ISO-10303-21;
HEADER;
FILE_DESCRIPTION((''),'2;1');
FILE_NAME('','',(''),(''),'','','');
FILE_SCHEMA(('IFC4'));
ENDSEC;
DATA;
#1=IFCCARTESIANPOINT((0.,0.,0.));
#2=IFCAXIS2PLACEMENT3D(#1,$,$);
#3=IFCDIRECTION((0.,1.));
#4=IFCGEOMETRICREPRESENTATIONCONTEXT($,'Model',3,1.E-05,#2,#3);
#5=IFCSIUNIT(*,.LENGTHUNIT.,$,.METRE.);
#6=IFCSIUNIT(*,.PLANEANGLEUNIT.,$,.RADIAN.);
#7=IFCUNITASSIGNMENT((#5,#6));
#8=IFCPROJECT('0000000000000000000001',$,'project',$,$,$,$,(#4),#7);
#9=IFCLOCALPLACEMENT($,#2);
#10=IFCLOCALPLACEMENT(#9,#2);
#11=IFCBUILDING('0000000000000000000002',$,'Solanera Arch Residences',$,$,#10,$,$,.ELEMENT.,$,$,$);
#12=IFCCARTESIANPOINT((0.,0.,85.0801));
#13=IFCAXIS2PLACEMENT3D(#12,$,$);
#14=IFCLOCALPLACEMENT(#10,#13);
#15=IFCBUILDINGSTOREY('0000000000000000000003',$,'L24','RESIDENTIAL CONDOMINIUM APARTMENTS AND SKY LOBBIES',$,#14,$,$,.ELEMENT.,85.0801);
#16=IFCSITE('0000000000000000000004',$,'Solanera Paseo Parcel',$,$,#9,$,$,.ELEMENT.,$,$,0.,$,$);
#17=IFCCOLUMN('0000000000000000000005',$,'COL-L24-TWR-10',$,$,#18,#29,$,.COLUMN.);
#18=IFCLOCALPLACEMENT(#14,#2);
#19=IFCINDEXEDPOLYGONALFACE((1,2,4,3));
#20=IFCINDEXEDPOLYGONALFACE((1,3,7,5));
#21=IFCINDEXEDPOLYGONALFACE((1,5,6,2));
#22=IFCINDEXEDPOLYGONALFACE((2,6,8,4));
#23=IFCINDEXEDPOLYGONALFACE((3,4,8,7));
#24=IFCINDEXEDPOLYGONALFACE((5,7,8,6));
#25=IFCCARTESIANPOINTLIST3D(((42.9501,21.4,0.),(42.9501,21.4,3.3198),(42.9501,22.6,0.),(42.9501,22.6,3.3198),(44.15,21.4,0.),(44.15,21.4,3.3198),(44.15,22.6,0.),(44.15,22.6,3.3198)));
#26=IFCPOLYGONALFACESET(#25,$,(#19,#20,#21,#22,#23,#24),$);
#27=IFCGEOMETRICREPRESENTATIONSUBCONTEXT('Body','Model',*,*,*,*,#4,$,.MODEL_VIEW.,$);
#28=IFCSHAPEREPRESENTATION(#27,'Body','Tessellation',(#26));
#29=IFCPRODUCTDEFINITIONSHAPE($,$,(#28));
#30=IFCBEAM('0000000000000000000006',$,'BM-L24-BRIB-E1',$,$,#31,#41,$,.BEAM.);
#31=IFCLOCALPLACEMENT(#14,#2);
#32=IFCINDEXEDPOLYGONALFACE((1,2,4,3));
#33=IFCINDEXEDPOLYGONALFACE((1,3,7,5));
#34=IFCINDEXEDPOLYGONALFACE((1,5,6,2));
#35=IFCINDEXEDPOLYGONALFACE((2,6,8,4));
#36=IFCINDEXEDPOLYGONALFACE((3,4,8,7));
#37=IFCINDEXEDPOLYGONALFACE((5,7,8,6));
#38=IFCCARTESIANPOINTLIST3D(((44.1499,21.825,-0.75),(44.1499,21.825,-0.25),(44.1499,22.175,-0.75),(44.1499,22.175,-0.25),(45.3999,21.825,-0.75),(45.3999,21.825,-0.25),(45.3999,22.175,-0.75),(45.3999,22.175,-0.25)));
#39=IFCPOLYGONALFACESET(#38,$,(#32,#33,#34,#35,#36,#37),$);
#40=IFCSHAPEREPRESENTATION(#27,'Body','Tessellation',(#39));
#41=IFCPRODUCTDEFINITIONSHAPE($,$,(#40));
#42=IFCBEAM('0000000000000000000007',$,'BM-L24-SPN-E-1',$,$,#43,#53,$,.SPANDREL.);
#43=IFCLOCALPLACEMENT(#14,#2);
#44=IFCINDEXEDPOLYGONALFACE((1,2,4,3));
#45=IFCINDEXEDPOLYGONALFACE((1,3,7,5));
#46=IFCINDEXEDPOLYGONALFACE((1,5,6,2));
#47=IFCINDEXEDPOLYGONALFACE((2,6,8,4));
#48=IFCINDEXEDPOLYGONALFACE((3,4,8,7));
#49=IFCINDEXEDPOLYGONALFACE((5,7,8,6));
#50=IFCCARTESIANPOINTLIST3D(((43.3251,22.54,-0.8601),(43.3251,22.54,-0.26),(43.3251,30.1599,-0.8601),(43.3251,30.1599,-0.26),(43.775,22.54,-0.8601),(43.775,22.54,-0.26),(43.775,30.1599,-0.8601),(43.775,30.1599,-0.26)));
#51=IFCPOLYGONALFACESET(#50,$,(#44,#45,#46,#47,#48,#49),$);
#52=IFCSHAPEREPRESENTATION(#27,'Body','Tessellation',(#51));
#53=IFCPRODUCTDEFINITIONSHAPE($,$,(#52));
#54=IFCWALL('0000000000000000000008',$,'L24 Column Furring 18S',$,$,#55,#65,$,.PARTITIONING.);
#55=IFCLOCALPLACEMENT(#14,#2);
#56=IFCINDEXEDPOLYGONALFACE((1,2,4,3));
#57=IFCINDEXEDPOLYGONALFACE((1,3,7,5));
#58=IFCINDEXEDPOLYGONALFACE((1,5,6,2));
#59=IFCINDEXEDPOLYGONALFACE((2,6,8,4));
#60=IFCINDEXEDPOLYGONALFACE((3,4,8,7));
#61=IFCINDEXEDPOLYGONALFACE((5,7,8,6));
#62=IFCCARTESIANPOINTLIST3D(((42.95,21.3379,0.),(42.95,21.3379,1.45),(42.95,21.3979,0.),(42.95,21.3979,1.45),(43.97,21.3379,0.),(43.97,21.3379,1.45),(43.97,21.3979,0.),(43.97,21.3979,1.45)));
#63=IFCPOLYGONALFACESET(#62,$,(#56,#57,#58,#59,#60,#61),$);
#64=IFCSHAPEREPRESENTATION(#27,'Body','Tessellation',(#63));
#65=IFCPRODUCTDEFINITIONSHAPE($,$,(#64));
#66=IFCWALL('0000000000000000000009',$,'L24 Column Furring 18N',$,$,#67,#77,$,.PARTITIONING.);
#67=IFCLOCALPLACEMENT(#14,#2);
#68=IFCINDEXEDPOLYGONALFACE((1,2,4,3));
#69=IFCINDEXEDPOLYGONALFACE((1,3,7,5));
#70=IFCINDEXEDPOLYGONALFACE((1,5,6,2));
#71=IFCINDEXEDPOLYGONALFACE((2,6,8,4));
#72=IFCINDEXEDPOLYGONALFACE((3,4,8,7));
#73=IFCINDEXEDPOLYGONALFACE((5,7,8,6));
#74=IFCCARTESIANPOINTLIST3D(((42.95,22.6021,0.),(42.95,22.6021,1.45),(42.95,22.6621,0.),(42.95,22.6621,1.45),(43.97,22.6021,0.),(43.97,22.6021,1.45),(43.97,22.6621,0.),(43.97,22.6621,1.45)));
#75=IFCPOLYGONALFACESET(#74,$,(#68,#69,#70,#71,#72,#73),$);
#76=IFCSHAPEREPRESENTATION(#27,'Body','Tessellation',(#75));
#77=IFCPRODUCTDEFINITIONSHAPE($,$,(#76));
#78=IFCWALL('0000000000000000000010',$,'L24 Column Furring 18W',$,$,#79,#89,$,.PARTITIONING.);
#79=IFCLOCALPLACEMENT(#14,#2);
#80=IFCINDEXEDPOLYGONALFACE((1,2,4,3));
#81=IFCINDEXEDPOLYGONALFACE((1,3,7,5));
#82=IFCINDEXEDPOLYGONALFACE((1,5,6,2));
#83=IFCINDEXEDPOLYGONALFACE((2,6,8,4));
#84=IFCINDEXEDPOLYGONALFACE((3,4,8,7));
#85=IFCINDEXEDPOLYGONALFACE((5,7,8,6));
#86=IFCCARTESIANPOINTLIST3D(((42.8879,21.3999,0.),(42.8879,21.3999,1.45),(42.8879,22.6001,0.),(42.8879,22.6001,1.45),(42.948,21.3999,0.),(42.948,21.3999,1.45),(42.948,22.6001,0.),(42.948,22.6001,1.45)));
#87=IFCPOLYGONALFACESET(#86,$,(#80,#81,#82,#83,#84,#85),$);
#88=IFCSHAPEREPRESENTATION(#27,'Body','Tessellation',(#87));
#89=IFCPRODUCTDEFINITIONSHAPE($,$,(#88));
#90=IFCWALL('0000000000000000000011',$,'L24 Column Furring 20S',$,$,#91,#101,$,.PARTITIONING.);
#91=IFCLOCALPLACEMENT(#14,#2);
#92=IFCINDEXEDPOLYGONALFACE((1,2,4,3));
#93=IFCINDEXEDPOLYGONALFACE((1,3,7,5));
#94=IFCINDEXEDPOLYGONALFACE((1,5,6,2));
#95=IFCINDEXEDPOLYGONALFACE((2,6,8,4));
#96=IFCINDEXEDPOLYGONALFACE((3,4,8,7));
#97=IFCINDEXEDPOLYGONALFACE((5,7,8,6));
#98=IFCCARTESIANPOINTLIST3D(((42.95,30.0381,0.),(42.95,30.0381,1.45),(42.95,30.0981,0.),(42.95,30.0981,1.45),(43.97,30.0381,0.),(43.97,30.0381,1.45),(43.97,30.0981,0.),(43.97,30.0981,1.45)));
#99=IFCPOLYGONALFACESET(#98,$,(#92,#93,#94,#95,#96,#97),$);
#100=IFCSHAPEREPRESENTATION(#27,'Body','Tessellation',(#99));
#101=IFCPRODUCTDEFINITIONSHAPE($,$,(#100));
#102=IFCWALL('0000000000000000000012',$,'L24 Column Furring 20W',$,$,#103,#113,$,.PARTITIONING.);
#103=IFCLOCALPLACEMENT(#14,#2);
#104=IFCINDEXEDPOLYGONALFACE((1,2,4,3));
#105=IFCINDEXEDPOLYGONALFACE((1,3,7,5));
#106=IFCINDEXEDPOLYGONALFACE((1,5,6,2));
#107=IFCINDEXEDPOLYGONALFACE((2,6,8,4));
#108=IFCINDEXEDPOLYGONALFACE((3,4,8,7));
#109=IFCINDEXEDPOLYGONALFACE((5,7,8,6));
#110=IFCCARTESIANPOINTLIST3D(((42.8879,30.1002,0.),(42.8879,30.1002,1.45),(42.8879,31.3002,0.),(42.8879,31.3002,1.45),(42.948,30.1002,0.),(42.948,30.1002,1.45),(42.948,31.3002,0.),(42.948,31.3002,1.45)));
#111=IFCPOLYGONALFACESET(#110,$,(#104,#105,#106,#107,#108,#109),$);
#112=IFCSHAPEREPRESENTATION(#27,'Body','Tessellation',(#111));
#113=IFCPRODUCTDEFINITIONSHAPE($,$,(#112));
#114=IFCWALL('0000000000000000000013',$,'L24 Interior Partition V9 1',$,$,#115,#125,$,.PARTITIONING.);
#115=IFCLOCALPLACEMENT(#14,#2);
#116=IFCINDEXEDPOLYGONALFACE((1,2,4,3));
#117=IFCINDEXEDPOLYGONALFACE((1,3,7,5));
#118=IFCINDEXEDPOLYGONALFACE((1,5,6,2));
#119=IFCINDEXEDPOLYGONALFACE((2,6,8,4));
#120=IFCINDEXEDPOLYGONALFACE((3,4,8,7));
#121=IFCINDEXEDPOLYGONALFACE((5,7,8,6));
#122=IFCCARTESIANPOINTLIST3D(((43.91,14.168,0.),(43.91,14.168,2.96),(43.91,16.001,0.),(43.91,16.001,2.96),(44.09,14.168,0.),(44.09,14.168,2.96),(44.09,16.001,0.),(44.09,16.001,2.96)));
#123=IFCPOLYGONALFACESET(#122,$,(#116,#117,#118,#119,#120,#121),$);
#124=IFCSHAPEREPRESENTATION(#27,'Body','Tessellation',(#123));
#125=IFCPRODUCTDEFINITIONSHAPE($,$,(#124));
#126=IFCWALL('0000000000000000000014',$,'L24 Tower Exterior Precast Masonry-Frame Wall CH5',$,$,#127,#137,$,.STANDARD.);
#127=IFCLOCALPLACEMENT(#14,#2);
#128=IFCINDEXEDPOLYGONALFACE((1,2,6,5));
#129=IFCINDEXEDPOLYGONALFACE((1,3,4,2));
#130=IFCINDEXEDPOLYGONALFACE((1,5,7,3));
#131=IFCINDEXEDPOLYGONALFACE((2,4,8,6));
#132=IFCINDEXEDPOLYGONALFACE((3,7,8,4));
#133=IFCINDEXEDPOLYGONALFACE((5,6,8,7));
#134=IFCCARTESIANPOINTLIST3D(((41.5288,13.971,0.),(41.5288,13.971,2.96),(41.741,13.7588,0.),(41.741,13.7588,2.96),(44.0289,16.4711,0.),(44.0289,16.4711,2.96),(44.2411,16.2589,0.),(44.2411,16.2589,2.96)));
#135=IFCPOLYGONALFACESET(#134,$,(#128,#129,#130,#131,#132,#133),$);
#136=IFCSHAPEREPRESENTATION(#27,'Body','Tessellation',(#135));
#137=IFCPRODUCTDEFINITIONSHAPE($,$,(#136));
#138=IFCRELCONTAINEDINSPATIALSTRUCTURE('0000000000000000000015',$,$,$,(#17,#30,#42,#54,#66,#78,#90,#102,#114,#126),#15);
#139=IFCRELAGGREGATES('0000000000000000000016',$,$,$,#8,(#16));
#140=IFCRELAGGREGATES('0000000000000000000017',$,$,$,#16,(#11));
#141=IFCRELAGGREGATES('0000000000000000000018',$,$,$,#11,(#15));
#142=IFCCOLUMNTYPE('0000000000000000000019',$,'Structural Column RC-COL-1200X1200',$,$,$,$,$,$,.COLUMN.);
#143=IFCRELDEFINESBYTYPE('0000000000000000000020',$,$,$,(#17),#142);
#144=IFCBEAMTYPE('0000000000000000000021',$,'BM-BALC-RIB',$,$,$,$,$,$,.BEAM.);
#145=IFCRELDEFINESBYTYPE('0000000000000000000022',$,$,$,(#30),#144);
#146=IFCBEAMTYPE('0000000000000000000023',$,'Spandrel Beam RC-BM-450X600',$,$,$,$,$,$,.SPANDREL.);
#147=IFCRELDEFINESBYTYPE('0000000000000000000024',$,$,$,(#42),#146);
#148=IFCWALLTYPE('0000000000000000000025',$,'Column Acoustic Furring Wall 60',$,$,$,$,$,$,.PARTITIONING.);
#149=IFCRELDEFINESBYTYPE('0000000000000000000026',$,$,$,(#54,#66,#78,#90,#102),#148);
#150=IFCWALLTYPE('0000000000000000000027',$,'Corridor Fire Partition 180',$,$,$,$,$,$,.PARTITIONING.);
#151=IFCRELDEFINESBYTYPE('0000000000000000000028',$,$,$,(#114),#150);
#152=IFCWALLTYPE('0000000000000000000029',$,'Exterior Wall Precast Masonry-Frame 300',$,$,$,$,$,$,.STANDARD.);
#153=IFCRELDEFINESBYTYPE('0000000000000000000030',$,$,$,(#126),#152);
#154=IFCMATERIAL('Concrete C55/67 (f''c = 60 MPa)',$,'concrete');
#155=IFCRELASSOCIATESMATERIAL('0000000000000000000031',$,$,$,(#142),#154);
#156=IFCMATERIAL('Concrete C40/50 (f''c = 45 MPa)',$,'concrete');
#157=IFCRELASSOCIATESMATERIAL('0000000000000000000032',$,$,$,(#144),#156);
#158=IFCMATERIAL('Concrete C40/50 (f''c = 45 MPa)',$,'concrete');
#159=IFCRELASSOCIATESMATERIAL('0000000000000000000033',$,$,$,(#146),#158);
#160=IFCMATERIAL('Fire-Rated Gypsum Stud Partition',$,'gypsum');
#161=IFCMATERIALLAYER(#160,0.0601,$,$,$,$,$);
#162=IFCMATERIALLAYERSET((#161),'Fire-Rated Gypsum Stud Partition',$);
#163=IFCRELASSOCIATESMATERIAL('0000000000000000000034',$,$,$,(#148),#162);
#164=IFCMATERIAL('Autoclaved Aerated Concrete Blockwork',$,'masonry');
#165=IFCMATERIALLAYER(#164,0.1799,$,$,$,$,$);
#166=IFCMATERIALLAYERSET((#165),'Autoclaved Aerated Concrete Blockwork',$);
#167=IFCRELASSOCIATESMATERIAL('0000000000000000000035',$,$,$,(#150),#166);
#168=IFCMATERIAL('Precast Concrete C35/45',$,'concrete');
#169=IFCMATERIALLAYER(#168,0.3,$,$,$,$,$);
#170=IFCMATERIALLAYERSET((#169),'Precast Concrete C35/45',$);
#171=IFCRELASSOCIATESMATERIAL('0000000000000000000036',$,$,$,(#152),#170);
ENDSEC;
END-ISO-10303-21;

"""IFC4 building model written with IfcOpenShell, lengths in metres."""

from ifc_helpers import new_model, si_unit, direction, frame, frame_2d, origin, origin_2d, place, context, subcontext, project, spatial, rectangle, extrude, material, layer, layer_set, material_profile, profile_set, type_object, element, save


model = new_model("IFC4")

# Units and contexts
model_context = context("Model", 3, precision=1e-05, world=origin(), true_north=direction((0.0, 1.0)))
body_context = subcontext(model_context, "Body", "Model", "MODEL_VIEW")
ifc_project = project(units=[si_unit("LENGTHUNIT", "METRE"), si_unit("PLANEANGLEUNIT", "RADIAN")], contexts=[model_context])

# Site, building, storey
site_placement = place(None, origin())
site = spatial("IfcSite", under=ifc_project, at=site_placement, Name="Solanera Paseo Parcel", CompositionType="ELEMENT", RefElevation=0.0)
building_placement = place(site_placement, origin())
building = spatial("IfcBuilding", under=site, at=building_placement, Name="Solanera Arch Residences", CompositionType="ELEMENT")
storey_placement = place(building_placement, frame((0.0, 0.0, 85.0801)))
storey = spatial("IfcBuildingStorey", under=building, at=storey_placement, Name="L24", Description="RESIDENTIAL CONDOMINIUM APARTMENTS AND SKY LOBBIES", CompositionType="ELEMENT", Elevation=85.0801)

# Column
ifc_material_1 = material(Name="Concrete C55/67 (f'c = 60 MPa)", Category="concrete")
ifc_material_profile_1 = material_profile(ifc_material_1, rectangle(XDim=1.2, YDim=1.2, at=origin_2d()))
ifc_profile_set_1 = profile_set([ifc_material_profile_1], Name="Concrete C55/67 (f'c = 60 MPa)")
column_type = type_object("IfcColumnType", Name="Structural Column RC-COL-1200X1200", PredefinedType="COLUMN", material=ifc_profile_set_1)
column_placement = place(storey_placement, frame((43.55, 22.0, 0.0), z_axis=(0.0, 0.0, 1.0), x_axis=(1.0, 0.0, 0.0)))
element("IfcColumn", 1, at=column_placement, inside=storey, type_object=column_type, Name="COL-L24-TWR-10", PredefinedType="COLUMN", context=body_context, shape_type="SweptSolid", body=[
    extrude(rectangle(XDim=1.2, YDim=1.2, at=origin_2d()), origin(), (0.0, 0.0, 1.0), 3.3198),
])

# Beams
ifc_material_2 = material(Name="Concrete C40/50 (f'c = 45 MPa)", Category="concrete")
ifc_material_profile_2 = material_profile(ifc_material_2, rectangle(XDim=0.3501, YDim=0.5, at=origin_2d()))
ifc_profile_set_2 = profile_set([ifc_material_profile_2], Name="Concrete C40/50 (f'c = 45 MPa)")
beam_type_1 = type_object("IfcBeamType", Name="BM-BALC-RIB", PredefinedType="BEAM", material=ifc_profile_set_2)
beam_1_placement = place(storey_placement, frame((44.1499, 22.0, -0.5), z_axis=(1.0, 0.0, 0.0), x_axis=(0.0, 1.0, 0.0)))
element("IfcBeam", 2, at=beam_1_placement, inside=storey, type_object=beam_type_1, Name="BM-L24-BRIB-E1", PredefinedType="BEAM", context=body_context, shape_type="SweptSolid", body=[
    extrude(rectangle(XDim=0.3501, YDim=0.5, at=origin_2d()), origin(), (0.0, 0.0, 1.0), 1.25),
])
ifc_material_3 = material(Name="Concrete C40/50 (f'c = 45 MPa)", Category="concrete")
ifc_material_profile_3 = material_profile(ifc_material_3, rectangle(XDim=0.45, YDim=0.6001, at=origin_2d()))
ifc_profile_set_3 = profile_set([ifc_material_profile_3], Name="Concrete C40/50 (f'c = 45 MPa)")
beam_type_2 = type_object("IfcBeamType", Name="Spandrel Beam RC-BM-450X600", PredefinedType="SPANDREL", material=ifc_profile_set_3)
beam_2_placement = place(storey_placement, frame((43.55, 22.54, -0.5601), z_axis=(0.0, 1.0, 0.0), x_axis=(-1.0, 0.0, 0.0)))
element("IfcBeam", 3, at=beam_2_placement, inside=storey, type_object=beam_type_2, Name="BM-L24-SPN-E-1", PredefinedType="SPANDREL", context=body_context, shape_type="SweptSolid", body=[
    extrude(rectangle(XDim=0.45, YDim=0.6001, at=origin_2d()), origin(), (0.0, 0.0, 1.0), 7.6199),
])

# Walls
ifc_material_4 = material(Name="Fire-Rated Gypsum Stud Partition", Category="gypsum")
ifc_layer_1 = layer(ifc_material_4, 0.0601)
ifc_layer_set_1 = layer_set([ifc_layer_1], Name="Fire-Rated Gypsum Stud Partition")
wall_type_1 = type_object("IfcWallType", Name="Column Acoustic Furring Wall 60", PredefinedType="PARTITIONING", material=ifc_layer_set_1)
for number, where, z_axis, x_axis, name in (
    (4, (42.95, 21.3679, 0.0), (0.0, 0.0, 1.0), (1.0, 0.0, 0.0), "L24 Column Furring 18S"),
    (5, (42.95, 22.6321, 0.0), (0.0, 0.0, 1.0), (1.0, 0.0, 0.0), "L24 Column Furring 18N"),
):
    element("IfcWall", number, at=place(storey_placement, frame(where, z_axis=z_axis, x_axis=x_axis)), inside=storey, type_object=wall_type_1, Name=name, PredefinedType="PARTITIONING", context=body_context, shape_type="SweptSolid", body=[
        extrude(rectangle(XDim=1.02, YDim=0.0601, at=frame_2d((0.51, 0.0))), origin(), (0.0, 0.0, 1.0), 1.45),
    ])
wall_1_placement = place(storey_placement, frame((42.918, 21.3999, 0.0), z_axis=(0.0, 0.0, 1.0), x_axis=(0.0, 1.0, 0.0)))
element("IfcWall", 6, at=wall_1_placement, inside=storey, type_object=wall_type_1, Name="L24 Column Furring 18W", PredefinedType="PARTITIONING", context=body_context, shape_type="SweptSolid", body=[
    extrude(rectangle(XDim=1.2002, YDim=0.0601, at=frame_2d((0.6001, 0.0))), origin(), (0.0, 0.0, 1.0), 1.45),
])
wall_2_placement = place(storey_placement, frame((42.95, 30.0681, 0.0), z_axis=(0.0, 0.0, 1.0), x_axis=(1.0, 0.0, 0.0)))
element("IfcWall", 7, at=wall_2_placement, inside=storey, type_object=wall_type_1, Name="L24 Column Furring 20S", PredefinedType="PARTITIONING", context=body_context, shape_type="SweptSolid", body=[
    extrude(rectangle(XDim=1.02, YDim=0.0601, at=frame_2d((0.51, 0.0))), origin(), (0.0, 0.0, 1.0), 1.45),
])
wall_3_placement = place(storey_placement, frame((42.918, 30.1001, 0.0), z_axis=(0.0, 0.0, 1.0), x_axis=(0.0, 1.0, 0.0)))
element("IfcWall", 8, at=wall_3_placement, inside=storey, type_object=wall_type_1, Name="L24 Column Furring 20W", PredefinedType="PARTITIONING", context=body_context, shape_type="SweptSolid", body=[
    extrude(rectangle(XDim=1.2, YDim=0.0601, at=frame_2d((0.6001, 0.0))), origin(), (0.0, 0.0, 1.0), 1.45),
])
ifc_material_5 = material(Name="Autoclaved Aerated Concrete Blockwork", Category="masonry")
ifc_layer_2 = layer(ifc_material_5, 0.1799)
ifc_layer_set_2 = layer_set([ifc_layer_2], Name="Autoclaved Aerated Concrete Blockwork")
wall_type_2 = type_object("IfcWallType", Name="Corridor Fire Partition 180", PredefinedType="PARTITIONING", material=ifc_layer_set_2)
wall_4_placement = place(storey_placement, frame((44.0, 14.168, 0.0), z_axis=(0.0, 0.0, 1.0), x_axis=(0.0, 1.0, 0.0)))
element("IfcWall", 9, at=wall_4_placement, inside=storey, type_object=wall_type_2, Name="L24 Interior Partition V9 1", PredefinedType="PARTITIONING", context=body_context, shape_type="SweptSolid", body=[
    extrude(rectangle(XDim=1.833, YDim=0.1799, at=frame_2d((0.9165, 0.0))), origin(), (0.0, 0.0, 1.0), 2.96),
])
ifc_material_6 = material(Name="Precast Concrete C35/45", Category="concrete")
ifc_layer_3 = layer(ifc_material_6, 0.3)
ifc_layer_set_3 = layer_set([ifc_layer_3], Name="Precast Concrete C35/45")
wall_type_3 = type_object("IfcWallType", Name="Exterior Wall Precast Masonry-Frame 300", PredefinedType="STANDARD", material=ifc_layer_set_3)
wall_5_placement = place(storey_placement, frame((44.135, 16.365, 0.0), z_axis=(0.0, 0.0, 1.0), x_axis=(-0.707107, -0.707107, 0.0)))
element("IfcWall", 10, at=wall_5_placement, inside=storey, type_object=wall_type_3, Name="L24 Tower Exterior Precast Masonry-Frame Wall CH5", PredefinedType="STANDARD", context=body_context, shape_type="SweptSolid", body=[
    extrude(rectangle(XDim=3.5356, YDim=0.3, at=frame_2d((1.7678, 0.0))), origin(), (0.0, 0.0, 1.0), 2.96),
])

save(model, "model.ifc")
